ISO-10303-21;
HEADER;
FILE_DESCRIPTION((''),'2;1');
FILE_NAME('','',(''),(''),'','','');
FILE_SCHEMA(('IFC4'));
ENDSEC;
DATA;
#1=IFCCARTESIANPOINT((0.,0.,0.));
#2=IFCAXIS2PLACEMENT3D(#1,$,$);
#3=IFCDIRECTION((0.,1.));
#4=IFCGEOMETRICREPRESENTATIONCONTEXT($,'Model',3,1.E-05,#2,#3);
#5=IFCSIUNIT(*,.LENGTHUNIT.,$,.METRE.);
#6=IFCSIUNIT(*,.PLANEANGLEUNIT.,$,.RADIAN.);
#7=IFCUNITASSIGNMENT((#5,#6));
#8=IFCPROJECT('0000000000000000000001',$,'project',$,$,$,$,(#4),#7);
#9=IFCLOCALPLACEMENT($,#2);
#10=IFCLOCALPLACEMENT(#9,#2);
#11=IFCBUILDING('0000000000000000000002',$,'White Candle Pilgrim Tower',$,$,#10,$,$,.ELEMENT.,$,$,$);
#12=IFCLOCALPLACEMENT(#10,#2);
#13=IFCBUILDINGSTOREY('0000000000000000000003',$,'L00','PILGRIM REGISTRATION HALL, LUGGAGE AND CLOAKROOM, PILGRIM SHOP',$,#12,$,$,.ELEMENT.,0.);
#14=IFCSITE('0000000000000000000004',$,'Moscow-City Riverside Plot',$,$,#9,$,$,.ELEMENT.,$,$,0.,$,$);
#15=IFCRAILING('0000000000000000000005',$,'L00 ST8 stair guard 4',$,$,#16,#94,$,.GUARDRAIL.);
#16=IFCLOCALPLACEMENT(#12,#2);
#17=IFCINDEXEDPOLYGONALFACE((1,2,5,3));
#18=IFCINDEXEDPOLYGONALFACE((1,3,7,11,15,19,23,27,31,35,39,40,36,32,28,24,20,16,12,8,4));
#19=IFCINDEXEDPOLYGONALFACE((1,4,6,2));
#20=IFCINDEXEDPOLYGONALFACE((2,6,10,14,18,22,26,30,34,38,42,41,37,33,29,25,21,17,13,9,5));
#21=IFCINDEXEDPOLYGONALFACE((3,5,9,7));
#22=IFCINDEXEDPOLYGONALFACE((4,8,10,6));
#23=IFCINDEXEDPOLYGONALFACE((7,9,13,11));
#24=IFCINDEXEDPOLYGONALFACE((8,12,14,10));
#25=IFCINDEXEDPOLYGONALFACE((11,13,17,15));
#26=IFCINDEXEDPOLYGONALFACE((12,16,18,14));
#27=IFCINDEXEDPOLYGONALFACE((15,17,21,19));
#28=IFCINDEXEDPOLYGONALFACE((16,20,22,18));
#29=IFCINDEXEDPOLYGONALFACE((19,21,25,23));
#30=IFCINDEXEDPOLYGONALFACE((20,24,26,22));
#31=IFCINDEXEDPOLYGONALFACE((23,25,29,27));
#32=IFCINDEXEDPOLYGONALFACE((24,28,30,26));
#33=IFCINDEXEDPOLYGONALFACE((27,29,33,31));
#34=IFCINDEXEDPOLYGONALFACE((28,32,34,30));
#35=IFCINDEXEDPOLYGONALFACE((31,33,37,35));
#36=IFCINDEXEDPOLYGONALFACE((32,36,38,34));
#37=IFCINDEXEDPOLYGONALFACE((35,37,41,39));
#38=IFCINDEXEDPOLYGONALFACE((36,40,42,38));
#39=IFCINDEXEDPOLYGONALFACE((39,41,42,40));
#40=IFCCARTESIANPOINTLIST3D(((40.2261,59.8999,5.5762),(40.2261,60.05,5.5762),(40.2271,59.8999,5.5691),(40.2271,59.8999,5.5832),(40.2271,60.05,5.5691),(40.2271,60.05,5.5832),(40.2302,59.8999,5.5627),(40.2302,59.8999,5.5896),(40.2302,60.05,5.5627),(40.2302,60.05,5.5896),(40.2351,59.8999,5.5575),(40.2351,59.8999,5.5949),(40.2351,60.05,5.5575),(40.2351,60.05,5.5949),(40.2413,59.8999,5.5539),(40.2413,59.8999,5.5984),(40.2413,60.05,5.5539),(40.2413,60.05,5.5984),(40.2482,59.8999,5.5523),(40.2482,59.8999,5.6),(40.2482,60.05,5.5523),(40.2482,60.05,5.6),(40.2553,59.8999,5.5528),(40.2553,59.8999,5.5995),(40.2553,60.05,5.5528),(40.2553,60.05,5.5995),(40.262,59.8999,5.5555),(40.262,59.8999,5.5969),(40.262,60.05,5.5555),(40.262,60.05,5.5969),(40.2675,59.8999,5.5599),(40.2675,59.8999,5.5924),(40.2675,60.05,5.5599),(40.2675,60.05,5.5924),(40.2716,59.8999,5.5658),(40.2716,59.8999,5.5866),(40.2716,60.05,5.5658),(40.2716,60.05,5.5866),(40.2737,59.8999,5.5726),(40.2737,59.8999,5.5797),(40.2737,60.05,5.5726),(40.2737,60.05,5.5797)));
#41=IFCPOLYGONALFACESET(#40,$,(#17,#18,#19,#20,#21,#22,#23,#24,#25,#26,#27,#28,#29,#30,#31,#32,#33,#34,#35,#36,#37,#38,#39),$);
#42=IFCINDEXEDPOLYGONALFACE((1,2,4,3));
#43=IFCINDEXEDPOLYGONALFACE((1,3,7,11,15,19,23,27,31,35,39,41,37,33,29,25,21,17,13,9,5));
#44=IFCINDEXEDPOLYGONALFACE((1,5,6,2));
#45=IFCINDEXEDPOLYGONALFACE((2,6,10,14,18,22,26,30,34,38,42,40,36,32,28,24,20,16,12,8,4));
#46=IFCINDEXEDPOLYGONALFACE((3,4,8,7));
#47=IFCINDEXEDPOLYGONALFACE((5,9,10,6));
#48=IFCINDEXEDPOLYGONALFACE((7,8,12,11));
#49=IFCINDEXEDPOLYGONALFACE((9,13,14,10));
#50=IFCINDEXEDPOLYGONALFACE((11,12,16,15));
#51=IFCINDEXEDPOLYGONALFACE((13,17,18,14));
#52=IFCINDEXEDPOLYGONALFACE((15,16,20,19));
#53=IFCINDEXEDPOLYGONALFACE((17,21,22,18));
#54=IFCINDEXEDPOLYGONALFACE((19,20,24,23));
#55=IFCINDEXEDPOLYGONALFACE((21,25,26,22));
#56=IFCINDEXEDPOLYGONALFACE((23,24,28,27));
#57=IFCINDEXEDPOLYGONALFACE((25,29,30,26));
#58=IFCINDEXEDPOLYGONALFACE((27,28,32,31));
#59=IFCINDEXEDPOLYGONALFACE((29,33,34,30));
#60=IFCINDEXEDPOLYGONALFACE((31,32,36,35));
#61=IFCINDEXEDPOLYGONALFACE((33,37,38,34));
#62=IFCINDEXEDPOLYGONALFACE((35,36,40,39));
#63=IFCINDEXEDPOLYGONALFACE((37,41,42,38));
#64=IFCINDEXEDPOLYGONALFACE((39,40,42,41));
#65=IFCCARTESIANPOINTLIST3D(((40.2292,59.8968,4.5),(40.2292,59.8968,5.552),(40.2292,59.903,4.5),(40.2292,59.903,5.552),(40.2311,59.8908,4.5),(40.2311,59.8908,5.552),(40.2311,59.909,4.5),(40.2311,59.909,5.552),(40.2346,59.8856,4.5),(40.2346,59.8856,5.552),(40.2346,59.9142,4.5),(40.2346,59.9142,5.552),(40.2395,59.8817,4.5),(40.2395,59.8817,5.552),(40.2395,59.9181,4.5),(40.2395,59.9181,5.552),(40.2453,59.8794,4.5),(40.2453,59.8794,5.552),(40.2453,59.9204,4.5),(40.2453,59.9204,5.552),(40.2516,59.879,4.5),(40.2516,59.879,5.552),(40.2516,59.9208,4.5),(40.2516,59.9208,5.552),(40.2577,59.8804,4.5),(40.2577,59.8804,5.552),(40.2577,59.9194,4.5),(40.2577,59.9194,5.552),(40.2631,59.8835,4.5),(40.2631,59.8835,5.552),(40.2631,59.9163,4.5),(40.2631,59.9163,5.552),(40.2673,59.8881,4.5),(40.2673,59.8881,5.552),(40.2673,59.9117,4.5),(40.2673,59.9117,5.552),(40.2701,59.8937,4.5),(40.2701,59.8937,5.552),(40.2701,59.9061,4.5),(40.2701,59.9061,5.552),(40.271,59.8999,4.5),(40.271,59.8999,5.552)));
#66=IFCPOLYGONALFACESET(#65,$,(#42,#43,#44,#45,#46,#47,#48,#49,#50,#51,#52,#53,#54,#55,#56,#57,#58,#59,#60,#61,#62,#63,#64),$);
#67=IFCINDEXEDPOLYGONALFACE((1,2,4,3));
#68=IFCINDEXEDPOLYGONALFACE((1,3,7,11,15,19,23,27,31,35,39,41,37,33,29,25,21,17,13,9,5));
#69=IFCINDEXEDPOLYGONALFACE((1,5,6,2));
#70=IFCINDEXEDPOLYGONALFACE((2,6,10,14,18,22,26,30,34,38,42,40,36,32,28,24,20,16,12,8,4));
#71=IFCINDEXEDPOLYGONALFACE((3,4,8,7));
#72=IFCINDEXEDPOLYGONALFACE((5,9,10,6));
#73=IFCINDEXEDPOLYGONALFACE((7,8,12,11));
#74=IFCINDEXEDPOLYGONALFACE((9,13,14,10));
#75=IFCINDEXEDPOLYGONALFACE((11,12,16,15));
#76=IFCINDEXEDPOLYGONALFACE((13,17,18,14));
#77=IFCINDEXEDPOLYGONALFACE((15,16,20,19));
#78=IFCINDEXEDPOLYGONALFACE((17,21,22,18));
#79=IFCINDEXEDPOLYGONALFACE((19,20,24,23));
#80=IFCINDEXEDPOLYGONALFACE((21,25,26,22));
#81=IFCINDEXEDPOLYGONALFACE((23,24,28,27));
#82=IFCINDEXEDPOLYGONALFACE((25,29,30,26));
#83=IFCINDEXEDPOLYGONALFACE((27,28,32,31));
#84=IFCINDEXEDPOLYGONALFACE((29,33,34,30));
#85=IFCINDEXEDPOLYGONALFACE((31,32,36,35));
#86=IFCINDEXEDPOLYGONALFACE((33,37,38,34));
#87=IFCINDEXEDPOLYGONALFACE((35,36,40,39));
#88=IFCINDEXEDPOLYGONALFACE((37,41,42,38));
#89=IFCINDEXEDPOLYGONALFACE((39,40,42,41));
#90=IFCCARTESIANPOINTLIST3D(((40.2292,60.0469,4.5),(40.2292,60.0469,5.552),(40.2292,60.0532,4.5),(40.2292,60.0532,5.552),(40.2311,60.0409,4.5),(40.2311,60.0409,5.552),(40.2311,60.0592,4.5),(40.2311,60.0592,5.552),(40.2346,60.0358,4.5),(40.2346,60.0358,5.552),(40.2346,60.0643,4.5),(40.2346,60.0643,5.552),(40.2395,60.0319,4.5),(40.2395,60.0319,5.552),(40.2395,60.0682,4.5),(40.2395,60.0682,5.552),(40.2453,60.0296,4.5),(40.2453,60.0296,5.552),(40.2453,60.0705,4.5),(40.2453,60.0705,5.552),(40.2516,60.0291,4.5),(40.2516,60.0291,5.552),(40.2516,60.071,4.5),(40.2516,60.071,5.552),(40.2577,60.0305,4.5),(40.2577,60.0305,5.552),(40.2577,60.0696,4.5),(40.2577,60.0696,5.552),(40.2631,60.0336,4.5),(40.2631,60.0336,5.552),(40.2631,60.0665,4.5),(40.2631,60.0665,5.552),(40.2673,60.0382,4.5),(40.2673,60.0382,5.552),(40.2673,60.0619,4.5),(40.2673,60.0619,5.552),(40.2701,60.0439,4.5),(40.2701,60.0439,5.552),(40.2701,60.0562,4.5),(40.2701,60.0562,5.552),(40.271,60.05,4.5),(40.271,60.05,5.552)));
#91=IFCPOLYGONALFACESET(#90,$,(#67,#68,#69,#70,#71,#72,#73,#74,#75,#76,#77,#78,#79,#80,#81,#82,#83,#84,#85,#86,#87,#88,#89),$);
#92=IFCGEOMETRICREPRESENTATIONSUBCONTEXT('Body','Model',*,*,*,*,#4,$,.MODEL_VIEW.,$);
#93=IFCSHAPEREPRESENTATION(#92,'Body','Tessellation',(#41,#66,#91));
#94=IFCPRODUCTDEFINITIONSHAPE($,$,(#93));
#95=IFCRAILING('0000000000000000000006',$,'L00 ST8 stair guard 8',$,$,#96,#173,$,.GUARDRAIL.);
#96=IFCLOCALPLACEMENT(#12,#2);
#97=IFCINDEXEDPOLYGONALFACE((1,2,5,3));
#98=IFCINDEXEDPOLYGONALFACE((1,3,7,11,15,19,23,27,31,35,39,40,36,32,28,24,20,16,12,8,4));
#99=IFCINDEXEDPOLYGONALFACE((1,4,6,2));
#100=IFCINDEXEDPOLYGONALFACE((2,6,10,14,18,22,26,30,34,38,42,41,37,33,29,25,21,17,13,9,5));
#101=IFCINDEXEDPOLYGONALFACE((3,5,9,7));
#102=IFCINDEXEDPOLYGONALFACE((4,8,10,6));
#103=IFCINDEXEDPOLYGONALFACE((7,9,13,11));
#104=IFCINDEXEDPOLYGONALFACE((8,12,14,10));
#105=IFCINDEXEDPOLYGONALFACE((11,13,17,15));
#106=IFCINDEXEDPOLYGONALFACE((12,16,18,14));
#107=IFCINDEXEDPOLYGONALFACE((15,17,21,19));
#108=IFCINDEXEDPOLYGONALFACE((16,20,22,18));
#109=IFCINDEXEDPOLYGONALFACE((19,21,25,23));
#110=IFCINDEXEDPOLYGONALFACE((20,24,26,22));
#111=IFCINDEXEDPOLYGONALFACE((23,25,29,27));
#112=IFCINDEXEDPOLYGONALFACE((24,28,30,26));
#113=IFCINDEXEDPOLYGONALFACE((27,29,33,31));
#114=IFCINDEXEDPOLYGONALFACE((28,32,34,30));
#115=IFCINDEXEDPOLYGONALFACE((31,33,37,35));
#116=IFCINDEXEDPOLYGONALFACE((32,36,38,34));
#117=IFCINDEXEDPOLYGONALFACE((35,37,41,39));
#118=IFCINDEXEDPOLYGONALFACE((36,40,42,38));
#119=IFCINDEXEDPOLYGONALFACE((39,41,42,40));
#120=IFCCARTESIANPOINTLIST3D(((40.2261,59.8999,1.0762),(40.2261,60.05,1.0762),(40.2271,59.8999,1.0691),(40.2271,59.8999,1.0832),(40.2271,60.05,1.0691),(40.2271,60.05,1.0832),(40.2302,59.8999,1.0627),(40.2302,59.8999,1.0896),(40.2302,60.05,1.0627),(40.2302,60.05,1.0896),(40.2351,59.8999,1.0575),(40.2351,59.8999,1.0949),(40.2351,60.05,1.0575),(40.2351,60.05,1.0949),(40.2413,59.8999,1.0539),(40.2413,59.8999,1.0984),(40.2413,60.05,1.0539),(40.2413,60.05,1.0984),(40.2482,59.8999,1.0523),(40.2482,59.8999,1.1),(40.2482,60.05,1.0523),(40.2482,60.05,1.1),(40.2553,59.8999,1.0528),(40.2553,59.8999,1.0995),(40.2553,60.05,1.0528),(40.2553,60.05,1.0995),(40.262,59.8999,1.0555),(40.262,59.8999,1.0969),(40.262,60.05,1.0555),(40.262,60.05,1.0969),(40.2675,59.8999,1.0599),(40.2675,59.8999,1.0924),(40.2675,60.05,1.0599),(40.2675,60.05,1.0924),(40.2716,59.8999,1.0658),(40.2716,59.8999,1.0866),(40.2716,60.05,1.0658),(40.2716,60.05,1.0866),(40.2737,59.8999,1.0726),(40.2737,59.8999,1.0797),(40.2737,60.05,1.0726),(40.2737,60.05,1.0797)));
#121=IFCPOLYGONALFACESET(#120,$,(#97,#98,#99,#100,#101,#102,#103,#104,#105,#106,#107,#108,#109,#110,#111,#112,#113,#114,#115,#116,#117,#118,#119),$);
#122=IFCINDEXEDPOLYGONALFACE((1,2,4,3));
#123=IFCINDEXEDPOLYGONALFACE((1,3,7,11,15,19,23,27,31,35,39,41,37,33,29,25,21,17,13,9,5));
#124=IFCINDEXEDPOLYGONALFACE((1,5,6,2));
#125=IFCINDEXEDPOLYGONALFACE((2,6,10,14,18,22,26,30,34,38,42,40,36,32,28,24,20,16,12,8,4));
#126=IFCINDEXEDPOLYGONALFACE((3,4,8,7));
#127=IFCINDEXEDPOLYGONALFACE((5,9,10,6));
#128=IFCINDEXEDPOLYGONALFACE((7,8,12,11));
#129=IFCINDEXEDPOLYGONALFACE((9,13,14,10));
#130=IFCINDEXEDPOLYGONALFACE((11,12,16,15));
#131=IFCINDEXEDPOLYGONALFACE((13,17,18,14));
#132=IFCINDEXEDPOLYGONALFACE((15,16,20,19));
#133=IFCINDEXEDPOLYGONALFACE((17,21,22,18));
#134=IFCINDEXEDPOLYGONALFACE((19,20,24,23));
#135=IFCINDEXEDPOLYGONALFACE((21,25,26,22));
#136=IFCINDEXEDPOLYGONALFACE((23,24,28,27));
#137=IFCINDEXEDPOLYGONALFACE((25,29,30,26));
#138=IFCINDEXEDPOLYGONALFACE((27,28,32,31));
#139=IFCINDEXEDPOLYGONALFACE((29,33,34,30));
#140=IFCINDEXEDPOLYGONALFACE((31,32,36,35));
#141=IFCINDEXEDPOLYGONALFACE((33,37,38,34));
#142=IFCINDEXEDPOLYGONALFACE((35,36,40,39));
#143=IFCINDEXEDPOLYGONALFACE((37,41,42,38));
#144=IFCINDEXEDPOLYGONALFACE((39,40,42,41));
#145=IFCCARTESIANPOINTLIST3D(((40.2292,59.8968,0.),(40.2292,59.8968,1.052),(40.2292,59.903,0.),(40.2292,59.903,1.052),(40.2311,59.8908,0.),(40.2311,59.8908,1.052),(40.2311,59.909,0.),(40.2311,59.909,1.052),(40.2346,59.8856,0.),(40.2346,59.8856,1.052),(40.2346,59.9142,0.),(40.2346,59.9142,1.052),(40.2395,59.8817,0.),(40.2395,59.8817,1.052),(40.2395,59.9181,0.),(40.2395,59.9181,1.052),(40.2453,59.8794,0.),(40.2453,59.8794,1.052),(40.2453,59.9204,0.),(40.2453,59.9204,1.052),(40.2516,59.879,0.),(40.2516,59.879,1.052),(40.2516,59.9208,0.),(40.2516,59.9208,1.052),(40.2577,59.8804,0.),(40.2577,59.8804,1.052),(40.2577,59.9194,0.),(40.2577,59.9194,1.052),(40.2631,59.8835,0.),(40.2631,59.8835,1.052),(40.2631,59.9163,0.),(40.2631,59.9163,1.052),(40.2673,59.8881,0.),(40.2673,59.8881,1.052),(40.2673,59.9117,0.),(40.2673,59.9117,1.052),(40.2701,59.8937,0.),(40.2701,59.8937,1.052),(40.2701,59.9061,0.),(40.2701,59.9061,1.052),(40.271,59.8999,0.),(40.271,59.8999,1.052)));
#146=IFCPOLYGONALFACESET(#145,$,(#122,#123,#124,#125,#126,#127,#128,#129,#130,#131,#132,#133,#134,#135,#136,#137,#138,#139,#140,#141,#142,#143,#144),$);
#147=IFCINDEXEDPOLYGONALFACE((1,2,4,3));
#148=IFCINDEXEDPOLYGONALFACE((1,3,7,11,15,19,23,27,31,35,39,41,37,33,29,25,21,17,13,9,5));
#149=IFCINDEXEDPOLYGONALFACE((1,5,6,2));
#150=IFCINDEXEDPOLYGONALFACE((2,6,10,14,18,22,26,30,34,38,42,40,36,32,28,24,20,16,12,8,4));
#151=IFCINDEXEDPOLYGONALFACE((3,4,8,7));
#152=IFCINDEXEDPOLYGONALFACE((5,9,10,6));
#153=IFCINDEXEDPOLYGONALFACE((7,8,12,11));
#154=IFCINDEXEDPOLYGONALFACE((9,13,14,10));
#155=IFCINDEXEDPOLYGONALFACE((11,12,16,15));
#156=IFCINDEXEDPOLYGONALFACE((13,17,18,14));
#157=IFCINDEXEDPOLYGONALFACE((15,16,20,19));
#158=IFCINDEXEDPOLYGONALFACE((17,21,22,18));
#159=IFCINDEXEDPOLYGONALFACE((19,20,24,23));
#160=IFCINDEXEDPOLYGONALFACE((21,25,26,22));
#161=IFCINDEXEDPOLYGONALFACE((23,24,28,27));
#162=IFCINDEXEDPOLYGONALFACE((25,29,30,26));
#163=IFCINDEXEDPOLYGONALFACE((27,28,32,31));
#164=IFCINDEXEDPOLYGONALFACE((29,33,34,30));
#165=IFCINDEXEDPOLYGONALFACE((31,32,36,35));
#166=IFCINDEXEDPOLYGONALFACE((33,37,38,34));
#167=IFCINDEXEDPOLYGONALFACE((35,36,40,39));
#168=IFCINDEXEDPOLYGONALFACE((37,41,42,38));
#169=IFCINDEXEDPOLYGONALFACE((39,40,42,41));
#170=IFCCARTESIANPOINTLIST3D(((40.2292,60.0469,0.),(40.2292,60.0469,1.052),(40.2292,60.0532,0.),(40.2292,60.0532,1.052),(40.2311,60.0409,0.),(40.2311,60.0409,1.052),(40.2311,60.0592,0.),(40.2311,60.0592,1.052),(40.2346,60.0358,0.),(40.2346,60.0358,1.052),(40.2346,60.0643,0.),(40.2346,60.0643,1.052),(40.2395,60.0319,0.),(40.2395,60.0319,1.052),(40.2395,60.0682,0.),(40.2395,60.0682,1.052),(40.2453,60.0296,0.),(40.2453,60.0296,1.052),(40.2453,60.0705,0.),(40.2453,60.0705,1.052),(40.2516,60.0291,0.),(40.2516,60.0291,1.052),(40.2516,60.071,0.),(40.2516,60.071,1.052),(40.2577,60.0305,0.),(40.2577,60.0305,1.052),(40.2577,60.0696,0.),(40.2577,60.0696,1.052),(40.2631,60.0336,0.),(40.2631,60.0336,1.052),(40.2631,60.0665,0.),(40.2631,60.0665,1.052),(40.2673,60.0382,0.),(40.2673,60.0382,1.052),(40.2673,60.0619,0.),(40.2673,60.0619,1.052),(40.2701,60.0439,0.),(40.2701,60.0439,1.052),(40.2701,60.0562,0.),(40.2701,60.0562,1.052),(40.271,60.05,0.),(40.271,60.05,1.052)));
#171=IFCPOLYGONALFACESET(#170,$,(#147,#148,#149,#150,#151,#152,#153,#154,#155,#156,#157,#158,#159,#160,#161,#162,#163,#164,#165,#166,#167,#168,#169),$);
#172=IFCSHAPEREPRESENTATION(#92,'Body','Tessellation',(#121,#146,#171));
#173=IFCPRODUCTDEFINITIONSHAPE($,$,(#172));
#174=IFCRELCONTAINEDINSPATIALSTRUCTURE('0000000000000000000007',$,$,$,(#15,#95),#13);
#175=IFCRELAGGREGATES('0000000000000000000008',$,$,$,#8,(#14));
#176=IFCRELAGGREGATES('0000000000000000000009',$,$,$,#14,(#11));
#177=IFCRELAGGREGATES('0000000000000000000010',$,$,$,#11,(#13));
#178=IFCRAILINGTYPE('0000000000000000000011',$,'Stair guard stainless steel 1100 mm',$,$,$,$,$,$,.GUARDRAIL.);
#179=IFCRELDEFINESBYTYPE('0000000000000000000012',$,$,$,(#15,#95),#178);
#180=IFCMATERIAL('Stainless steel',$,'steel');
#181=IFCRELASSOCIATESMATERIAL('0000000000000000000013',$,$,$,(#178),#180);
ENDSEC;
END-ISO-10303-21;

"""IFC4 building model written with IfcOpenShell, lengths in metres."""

from ifc_helpers import new_model, si_unit, direction, frame, origin, origin_2d, place, context, subcontext, project, spatial, circle, extrude, material, type_object, element, save


model = new_model("IFC4")

# Units and contexts
model_context = context("Model", 3, precision=1e-05, world=origin(), true_north=direction((0.0, 1.0)))
body_context = subcontext(model_context, "Body", "Model", "MODEL_VIEW")
ifc_project = project(units=[si_unit("LENGTHUNIT", "METRE"), si_unit("PLANEANGLEUNIT", "RADIAN")], contexts=[model_context])

# Site, building, storey
site_placement = place(None, origin())
site = spatial("IfcSite", under=ifc_project, at=site_placement, Name="Moscow-City Riverside Plot", CompositionType="ELEMENT", RefElevation=0.0)
building_placement = place(site_placement, origin())
building = spatial("IfcBuilding", under=site, at=building_placement, Name="White Candle Pilgrim Tower", CompositionType="ELEMENT")
storey_placement = place(building_placement, origin())
storey = spatial("IfcBuildingStorey", under=building, at=storey_placement, Name="L00", Description="PILGRIM REGISTRATION HALL, LUGGAGE AND CLOAKROOM, PILGRIM SHOP", CompositionType="ELEMENT", Elevation=0.0)

# Railings
ifc_material_1 = material(Name="Stainless steel", Category="steel")
railing_type_1 = type_object("IfcRailingType", Name="Stair guard stainless steel 1100 mm", PredefinedType="GUARDRAIL", material=ifc_material_1)
for number, where, name in (
    (1, (40.25, 59.8999, 4.5), "L00 ST8 stair guard 4"),
    (2, (40.25, 59.8999, 0.0), "L00 ST8 stair guard 8"),
):
    element("IfcRailing", number, at=place(storey_placement, frame(where)), inside=storey, type_object=railing_type_1, Name=name, PredefinedType="GUARDRAIL", context=body_context, shape_type="SweptSolid", body=[
        extrude(circle(Radius=0.0239, at=origin_2d()), frame((0.0, 0.0, 1.0762), z_axis=(0.0, 1.0, 0.0), x_axis=(-1.0, 0.0, 0.0)), (0.0, 0.0, 1.0), 0.1501),
        extrude(circle(Radius=0.021, at=origin_2d()), origin(), (0.0, 0.0, 1.0), 1.052),
        extrude(circle(Radius=0.021, at=origin_2d()), frame((0.0, 0.1501, 0.0)), (0.0, 0.0, 1.0), 1.052),
    ])

save(model, "model.ifc")
